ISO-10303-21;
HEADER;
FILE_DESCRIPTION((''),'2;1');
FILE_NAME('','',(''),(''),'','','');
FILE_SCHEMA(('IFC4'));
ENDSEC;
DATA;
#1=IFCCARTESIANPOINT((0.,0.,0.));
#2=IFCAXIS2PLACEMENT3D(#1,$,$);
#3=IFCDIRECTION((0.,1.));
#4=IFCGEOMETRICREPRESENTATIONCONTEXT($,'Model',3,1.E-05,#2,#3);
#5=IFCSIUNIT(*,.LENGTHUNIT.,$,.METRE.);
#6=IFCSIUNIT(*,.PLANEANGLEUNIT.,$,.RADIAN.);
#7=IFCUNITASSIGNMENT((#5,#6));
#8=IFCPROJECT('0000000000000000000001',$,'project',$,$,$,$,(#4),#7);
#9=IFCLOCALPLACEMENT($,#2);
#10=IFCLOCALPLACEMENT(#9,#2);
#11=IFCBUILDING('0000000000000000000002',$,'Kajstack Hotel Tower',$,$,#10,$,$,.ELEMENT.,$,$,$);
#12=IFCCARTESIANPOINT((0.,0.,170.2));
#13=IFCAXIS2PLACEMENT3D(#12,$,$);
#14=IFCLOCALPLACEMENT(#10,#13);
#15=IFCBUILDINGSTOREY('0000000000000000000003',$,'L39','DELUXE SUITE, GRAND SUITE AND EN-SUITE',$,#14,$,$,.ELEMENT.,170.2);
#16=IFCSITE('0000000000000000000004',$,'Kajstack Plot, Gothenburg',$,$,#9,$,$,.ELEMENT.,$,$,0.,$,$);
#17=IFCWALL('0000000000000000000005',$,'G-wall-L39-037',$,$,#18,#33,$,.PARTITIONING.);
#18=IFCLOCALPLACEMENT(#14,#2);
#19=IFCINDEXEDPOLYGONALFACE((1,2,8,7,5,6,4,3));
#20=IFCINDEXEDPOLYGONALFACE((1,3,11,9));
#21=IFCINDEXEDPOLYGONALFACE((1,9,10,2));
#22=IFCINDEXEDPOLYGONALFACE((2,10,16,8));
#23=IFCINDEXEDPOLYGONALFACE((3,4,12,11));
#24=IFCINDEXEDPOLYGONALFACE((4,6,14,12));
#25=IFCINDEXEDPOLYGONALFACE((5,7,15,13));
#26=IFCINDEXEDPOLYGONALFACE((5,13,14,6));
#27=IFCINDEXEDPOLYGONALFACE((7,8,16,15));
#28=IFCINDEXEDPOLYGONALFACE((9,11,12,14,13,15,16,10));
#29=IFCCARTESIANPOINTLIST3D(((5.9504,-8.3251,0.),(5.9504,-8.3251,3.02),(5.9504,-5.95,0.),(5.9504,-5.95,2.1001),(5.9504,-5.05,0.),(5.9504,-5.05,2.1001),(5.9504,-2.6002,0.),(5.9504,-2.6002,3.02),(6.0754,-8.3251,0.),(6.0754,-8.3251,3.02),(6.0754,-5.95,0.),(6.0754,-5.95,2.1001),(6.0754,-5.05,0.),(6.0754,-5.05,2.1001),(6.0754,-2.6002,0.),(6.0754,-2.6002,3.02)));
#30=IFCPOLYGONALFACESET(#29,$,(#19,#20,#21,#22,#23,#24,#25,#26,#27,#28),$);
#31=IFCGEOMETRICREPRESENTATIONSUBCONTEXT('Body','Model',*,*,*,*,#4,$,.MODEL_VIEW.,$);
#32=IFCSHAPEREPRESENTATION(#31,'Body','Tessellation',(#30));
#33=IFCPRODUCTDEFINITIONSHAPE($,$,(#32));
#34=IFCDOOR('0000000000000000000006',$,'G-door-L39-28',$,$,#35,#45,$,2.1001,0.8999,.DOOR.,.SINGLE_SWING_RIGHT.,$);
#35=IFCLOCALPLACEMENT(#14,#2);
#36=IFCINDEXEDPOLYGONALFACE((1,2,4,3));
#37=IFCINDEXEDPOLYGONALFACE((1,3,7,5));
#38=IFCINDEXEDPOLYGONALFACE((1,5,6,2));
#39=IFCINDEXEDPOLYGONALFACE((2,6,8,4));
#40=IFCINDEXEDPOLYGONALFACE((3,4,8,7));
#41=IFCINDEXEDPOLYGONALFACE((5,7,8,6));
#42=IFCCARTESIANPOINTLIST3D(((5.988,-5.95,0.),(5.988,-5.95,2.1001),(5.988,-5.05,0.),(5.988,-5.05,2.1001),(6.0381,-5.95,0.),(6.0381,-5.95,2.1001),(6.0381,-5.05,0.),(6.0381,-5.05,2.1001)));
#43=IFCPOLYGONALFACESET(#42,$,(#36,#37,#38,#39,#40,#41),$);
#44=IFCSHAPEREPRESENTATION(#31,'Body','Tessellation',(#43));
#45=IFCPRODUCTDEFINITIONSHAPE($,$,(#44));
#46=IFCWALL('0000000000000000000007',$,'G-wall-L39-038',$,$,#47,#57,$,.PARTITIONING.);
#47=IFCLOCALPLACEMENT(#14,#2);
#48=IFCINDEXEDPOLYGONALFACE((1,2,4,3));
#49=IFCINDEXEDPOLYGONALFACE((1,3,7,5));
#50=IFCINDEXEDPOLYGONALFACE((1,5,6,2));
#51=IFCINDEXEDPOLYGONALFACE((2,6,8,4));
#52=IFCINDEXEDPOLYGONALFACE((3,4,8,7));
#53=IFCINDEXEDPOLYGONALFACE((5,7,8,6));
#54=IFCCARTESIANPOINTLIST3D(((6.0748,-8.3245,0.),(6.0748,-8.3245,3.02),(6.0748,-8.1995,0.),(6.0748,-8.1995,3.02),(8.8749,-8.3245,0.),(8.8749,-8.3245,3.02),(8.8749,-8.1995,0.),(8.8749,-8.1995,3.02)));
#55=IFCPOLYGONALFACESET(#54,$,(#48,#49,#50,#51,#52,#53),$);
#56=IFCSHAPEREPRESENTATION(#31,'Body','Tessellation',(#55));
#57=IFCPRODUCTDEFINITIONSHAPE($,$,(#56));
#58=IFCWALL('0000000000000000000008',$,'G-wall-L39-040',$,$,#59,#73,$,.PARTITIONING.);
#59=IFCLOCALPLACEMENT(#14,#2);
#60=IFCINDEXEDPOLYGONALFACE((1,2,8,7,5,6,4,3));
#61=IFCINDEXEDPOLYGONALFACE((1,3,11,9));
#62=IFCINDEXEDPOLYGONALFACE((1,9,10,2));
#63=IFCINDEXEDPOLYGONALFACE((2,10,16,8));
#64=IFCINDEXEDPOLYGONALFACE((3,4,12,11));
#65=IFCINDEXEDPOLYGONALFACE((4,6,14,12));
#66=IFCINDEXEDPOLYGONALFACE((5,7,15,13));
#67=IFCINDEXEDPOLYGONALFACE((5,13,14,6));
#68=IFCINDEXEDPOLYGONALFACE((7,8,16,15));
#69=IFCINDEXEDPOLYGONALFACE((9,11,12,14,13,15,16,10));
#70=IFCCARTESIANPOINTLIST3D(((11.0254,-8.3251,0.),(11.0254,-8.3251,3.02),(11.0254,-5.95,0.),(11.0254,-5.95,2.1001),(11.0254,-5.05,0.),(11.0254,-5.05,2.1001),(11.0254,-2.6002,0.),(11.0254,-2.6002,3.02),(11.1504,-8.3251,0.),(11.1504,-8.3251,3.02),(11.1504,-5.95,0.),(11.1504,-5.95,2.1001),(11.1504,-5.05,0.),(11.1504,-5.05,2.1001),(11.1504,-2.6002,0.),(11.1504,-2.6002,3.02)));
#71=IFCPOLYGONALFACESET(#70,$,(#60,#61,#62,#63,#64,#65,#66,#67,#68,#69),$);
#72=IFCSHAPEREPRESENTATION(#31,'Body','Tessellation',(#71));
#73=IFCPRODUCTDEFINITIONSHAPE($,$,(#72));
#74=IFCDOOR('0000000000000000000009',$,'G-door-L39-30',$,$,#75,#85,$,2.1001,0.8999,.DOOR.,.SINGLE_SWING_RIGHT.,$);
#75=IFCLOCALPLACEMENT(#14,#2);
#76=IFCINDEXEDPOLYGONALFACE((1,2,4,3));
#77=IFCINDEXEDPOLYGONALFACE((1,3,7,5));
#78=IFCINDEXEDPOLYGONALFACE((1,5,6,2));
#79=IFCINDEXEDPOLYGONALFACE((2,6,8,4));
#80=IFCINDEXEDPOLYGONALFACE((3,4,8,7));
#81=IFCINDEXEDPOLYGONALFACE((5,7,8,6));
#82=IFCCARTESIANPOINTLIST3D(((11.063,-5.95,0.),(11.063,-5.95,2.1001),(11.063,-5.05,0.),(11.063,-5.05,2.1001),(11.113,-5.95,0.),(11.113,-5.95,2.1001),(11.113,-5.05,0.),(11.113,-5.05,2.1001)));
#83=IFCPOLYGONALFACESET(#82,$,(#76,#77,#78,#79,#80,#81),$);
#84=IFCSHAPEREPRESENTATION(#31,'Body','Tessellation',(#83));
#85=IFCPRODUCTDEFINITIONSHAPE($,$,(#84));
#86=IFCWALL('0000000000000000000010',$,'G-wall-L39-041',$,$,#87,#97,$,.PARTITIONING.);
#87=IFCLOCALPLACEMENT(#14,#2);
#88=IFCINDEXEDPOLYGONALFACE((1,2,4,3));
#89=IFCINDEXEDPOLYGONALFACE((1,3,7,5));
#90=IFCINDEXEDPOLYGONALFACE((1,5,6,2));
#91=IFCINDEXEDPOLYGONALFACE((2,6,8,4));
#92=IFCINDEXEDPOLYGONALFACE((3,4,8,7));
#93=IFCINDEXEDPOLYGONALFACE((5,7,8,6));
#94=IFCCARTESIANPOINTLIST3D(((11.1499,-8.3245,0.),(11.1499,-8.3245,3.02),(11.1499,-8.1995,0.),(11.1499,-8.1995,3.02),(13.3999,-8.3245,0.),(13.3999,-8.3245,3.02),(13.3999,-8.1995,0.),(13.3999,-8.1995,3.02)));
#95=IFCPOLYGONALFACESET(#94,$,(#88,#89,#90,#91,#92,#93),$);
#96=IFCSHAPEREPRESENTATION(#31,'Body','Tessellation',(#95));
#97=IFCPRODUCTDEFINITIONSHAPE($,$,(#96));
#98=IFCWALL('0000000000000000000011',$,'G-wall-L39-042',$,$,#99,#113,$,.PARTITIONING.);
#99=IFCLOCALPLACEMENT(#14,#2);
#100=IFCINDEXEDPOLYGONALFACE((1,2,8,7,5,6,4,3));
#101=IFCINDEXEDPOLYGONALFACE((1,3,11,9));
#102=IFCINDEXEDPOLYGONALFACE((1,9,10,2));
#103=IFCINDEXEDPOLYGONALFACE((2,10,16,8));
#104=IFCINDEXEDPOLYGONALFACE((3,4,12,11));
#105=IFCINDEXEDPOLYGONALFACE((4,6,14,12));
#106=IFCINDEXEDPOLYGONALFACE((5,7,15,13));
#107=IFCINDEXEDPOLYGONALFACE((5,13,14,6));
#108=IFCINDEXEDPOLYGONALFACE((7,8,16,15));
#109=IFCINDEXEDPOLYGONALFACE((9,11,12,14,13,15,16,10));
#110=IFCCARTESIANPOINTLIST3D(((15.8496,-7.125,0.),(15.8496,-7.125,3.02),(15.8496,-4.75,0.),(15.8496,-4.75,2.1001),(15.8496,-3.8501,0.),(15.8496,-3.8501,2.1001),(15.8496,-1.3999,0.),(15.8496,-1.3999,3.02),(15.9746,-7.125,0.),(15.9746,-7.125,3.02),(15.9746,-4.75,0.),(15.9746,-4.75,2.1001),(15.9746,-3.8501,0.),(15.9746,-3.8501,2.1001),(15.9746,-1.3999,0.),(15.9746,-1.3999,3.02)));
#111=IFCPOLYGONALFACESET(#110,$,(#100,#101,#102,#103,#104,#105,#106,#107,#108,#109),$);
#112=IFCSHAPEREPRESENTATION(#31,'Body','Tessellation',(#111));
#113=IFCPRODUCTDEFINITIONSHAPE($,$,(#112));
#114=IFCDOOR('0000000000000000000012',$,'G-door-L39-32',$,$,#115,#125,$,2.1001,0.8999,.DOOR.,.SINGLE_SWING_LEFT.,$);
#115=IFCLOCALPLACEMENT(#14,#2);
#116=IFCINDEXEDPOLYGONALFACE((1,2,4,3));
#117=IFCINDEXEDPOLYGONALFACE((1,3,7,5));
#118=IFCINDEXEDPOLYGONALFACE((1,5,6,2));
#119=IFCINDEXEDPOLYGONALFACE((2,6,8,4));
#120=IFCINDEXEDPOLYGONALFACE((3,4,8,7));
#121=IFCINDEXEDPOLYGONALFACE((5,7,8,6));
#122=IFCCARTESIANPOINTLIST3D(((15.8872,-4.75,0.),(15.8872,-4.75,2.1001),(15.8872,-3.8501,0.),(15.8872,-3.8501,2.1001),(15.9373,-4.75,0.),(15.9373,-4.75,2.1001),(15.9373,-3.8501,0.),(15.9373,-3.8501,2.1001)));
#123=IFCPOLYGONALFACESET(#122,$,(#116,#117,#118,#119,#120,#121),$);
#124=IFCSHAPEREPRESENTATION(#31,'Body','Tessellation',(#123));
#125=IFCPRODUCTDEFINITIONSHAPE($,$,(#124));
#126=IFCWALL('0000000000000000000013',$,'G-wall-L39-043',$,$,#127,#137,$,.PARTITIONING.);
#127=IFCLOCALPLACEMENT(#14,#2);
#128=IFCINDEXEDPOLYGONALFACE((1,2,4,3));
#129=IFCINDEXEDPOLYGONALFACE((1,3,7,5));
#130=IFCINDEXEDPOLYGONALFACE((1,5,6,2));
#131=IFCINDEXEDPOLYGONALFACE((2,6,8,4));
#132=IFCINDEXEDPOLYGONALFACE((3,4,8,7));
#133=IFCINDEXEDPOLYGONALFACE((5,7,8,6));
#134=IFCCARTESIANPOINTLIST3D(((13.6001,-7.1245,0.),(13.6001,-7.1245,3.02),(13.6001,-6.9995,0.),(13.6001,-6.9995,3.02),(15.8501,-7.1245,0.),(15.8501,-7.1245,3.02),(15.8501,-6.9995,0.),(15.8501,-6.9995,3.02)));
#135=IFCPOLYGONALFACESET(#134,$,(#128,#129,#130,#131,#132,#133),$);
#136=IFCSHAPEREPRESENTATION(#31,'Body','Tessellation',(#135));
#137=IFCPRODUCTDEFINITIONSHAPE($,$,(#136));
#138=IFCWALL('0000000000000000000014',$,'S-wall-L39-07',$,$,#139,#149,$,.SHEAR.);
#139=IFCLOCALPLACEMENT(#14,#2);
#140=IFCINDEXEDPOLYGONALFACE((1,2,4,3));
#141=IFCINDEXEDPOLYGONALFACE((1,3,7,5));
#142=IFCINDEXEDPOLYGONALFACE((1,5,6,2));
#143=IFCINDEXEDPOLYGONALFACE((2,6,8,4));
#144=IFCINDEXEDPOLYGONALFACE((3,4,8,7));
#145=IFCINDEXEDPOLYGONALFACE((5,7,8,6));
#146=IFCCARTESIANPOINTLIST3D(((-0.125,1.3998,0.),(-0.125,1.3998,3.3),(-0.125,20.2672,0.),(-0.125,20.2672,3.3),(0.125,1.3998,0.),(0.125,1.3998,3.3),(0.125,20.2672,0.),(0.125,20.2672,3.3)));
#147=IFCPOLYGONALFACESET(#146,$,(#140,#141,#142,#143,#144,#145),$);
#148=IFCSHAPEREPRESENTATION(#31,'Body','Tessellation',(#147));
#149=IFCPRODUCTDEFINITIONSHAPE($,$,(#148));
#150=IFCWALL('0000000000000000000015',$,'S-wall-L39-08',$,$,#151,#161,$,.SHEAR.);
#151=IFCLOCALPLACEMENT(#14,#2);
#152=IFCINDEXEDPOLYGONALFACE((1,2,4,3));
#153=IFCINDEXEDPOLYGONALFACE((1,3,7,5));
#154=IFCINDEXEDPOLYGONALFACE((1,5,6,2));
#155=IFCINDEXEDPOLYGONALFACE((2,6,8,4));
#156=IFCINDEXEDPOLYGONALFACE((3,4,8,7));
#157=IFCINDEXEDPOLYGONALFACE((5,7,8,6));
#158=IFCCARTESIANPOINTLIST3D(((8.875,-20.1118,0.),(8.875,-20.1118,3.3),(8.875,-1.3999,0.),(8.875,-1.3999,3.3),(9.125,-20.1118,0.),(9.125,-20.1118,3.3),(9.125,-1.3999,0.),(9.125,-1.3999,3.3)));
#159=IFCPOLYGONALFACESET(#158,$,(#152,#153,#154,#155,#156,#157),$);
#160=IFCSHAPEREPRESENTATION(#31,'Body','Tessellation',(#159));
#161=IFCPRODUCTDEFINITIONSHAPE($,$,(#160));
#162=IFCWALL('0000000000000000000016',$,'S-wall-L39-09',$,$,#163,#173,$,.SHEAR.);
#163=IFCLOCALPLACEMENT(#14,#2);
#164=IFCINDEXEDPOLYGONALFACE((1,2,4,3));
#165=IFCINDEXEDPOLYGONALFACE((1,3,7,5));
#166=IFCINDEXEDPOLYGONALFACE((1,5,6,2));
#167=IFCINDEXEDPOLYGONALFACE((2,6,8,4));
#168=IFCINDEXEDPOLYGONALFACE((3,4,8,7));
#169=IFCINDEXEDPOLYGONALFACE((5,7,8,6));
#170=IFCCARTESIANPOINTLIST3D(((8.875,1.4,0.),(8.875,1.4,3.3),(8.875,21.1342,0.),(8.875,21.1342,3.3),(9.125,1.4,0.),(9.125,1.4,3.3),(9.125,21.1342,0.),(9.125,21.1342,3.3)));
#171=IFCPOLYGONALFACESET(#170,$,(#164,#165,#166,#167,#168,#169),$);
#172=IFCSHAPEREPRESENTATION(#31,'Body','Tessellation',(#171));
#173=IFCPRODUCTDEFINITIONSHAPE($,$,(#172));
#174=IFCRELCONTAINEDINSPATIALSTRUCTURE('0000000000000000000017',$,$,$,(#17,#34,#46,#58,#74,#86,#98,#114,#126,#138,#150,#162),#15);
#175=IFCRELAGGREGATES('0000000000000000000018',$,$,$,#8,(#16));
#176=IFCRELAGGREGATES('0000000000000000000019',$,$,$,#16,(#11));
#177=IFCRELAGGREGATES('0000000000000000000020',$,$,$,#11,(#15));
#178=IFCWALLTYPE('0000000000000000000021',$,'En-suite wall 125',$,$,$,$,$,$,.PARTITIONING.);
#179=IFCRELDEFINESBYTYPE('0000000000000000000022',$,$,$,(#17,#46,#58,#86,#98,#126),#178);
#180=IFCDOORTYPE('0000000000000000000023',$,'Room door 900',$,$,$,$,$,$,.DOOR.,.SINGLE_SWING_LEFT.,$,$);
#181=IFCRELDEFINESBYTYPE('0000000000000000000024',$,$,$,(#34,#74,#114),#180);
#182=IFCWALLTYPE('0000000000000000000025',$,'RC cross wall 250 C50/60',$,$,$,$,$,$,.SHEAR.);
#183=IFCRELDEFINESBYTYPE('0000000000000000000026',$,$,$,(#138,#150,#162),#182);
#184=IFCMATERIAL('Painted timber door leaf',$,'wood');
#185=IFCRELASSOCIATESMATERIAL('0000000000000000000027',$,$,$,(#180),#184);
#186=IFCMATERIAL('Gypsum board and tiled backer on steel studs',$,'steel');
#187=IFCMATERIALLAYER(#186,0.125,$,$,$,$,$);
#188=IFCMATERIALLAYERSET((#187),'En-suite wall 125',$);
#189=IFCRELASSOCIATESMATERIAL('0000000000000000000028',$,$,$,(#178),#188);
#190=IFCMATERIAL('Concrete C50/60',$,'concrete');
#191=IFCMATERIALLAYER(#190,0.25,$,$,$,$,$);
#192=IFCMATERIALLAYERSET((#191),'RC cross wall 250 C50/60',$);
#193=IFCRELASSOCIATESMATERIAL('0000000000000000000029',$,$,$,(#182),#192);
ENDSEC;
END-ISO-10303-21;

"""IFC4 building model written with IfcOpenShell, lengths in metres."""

from ifc_helpers import new_model, si_unit, direction, frame, frame_2d, origin, place, context, subcontext, project, spatial, rectangle, extrude, material, layer, layer_set, type_object, element, fill, save


model = new_model("IFC4")

# Units and contexts
model_context = context("Model", 3, precision=1e-05, world=origin(), true_north=direction((0.0, 1.0)))
body_context = subcontext(model_context, "Body", "Model", "MODEL_VIEW")
ifc_project = project(units=[si_unit("LENGTHUNIT", "METRE"), si_unit("PLANEANGLEUNIT", "RADIAN")], contexts=[model_context])

# Site, building, storey
site_placement = place(None, origin())
site = spatial("IfcSite", under=ifc_project, at=site_placement, Name="Kajstack Plot, Gothenburg", CompositionType="ELEMENT", RefElevation=0.0)
building_placement = place(site_placement, origin())
building = spatial("IfcBuilding", under=site, at=building_placement, Name="Kajstack Hotel Tower", CompositionType="ELEMENT")
storey_placement = place(building_placement, frame((0.0, 0.0, 170.2)))
storey = spatial("IfcBuildingStorey", under=building, at=storey_placement, Name="L39", Description="DELUXE SUITE, GRAND SUITE AND EN-SUITE", CompositionType="ELEMENT", Elevation=170.2)

# Shared definitions
ifc_material_1 = material(Name="Painted timber door leaf", Category="wood")
door_type_1 = type_object("IfcDoorType", Name="Room door 900", OperationType="SINGLE_SWING_LEFT", PredefinedType="DOOR", material=ifc_material_1)

# Wall, opening, door
ifc_material_2 = material(Name="Gypsum board and tiled backer on steel studs", Category="steel")
ifc_layer_1 = layer(ifc_material_2, 0.125)
ifc_layer_set_1 = layer_set([ifc_layer_1], Name="En-suite wall 125")
wall_type_1 = type_object("IfcWallType", Name="En-suite wall 125", PredefinedType="PARTITIONING", material=ifc_layer_set_1)
wall_1_placement = place(storey_placement, frame((6.0129, -8.325, 0.0), z_axis=(0.0, 0.0, 1.0), x_axis=(0.0, 1.0, 0.0)))
wall_1 = element("IfcWall", 1, at=wall_1_placement, inside=storey, type_object=wall_type_1, Name="G-wall-L39-037", PredefinedType="PARTITIONING", context=body_context, shape_type="SweptSolid", body=[
    extrude(rectangle(XDim=5.7249, YDim=0.125, at=frame_2d((2.8623, 0.0))), origin(), (0.0, 0.0, 1.0), 3.02),
])
opening_1_placement = place(wall_1_placement, frame((2.375, 0.0, 0.0)))
opening_1 = element("IfcOpeningElement", 2, at=opening_1_placement, cuts=wall_1, PredefinedType="OPENING", context=body_context, shape_type="SweptSolid", body=[
    extrude(rectangle(XDim=0.8999, YDim=2.1001, at=frame_2d((0.45, 1.05))), frame((0.0, 0.0725, 0.0), z_axis=(0.0, -1.0, 0.0), x_axis=(1.0, 0.0, 0.0)), (0.0, 0.0, 1.0), 0.145),
])
door_1_placement = place(opening_1_placement, origin())
door_1 = element("IfcDoor", 3, at=door_1_placement, inside=storey, type_object=door_type_1, Name="G-door-L39-28", OperationType="SINGLE_SWING_RIGHT", OverallHeight=2.1001, OverallWidth=0.8999, PredefinedType="DOOR", context=body_context, shape_type="SweptSolid", body=[
    extrude(rectangle(XDim=0.8999, YDim=2.1001, at=frame_2d((0.45, 1.05))), frame((0.0, 0.0249, 0.0), z_axis=(0.0, -1.0, 0.0), x_axis=(1.0, 0.0, 0.0)), (0.0, 0.0, 1.0), 0.05),
])
fill(opening_1, door_1)

# Wall
wall_2_placement = place(storey_placement, frame((6.075, -8.262, 0.0), z_axis=(0.0, 0.0, 1.0), x_axis=(1.0, 0.0, 0.0)))
element("IfcWall", 4, at=wall_2_placement, inside=storey, type_object=wall_type_1, Name="G-wall-L39-038", PredefinedType="PARTITIONING", context=body_context, shape_type="SweptSolid", body=[
    extrude(rectangle(XDim=2.8, YDim=0.125, at=frame_2d((1.3999, 0.0))), origin(), (0.0, 0.0, 1.0), 3.02),
])

# Wall, opening, door
wall_3_placement = place(storey_placement, frame((11.0879, -8.325, 0.0), z_axis=(0.0, 0.0, 1.0), x_axis=(0.0, 1.0, 0.0)))
wall_3 = element("IfcWall", 5, at=wall_3_placement, inside=storey, type_object=wall_type_1, Name="G-wall-L39-040", PredefinedType="PARTITIONING", context=body_context, shape_type="SweptSolid", body=[
    extrude(rectangle(XDim=5.7249, YDim=0.125, at=frame_2d((2.8623, 0.0))), origin(), (0.0, 0.0, 1.0), 3.02),
])
opening_2_placement = place(wall_3_placement, frame((2.375, 0.0, 0.0)))
opening_2 = element("IfcOpeningElement", 6, at=opening_2_placement, cuts=wall_3, PredefinedType="OPENING", context=body_context, shape_type="SweptSolid", body=[
    extrude(rectangle(XDim=0.8999, YDim=2.1001, at=frame_2d((0.45, 1.05))), frame((0.0, 0.0725, 0.0), z_axis=(0.0, -1.0, 0.0), x_axis=(1.0, 0.0, 0.0)), (0.0, 0.0, 1.0), 0.145),
])
door_2_placement = place(opening_2_placement, origin())
door_2 = element("IfcDoor", 7, at=door_2_placement, inside=storey, type_object=door_type_1, Name="G-door-L39-30", OperationType="SINGLE_SWING_RIGHT", OverallHeight=2.1001, OverallWidth=0.8999, PredefinedType="DOOR", context=body_context, shape_type="SweptSolid", body=[
    extrude(rectangle(XDim=0.8999, YDim=2.1001, at=frame_2d((0.45, 1.05))), frame((0.0, 0.0249, 0.0), z_axis=(0.0, -1.0, 0.0), x_axis=(1.0, 0.0, 0.0)), (0.0, 0.0, 1.0), 0.05),
])
fill(opening_2, door_2)

# Wall
wall_4_placement = place(storey_placement, frame((11.1499, -8.262, 0.0), z_axis=(0.0, 0.0, 1.0), x_axis=(1.0, 0.0, 0.0)))
element("IfcWall", 8, at=wall_4_placement, inside=storey, type_object=wall_type_1, Name="G-wall-L39-041", PredefinedType="PARTITIONING", context=body_context, shape_type="SweptSolid", body=[
    extrude(rectangle(XDim=2.25, YDim=0.125, at=frame_2d((1.125, 0.0))), origin(), (0.0, 0.0, 1.0), 3.02),
])

# Wall, opening, door
wall_5_placement = place(storey_placement, frame((15.9121, -7.125, 0.0), z_axis=(0.0, 0.0, 1.0), x_axis=(0.0, 1.0, 0.0)))
wall_5 = element("IfcWall", 9, at=wall_5_placement, inside=storey, type_object=wall_type_1, Name="G-wall-L39-042", PredefinedType="PARTITIONING", context=body_context, shape_type="SweptSolid", body=[
    extrude(rectangle(XDim=5.7251, YDim=0.125, at=frame_2d((2.8625, 0.0))), origin(), (0.0, 0.0, 1.0), 3.02),
])
opening_3_placement = place(wall_5_placement, frame((2.375, 0.0, 0.0)))
opening_3 = element("IfcOpeningElement", 10, at=opening_3_placement, cuts=wall_5, PredefinedType="OPENING", context=body_context, shape_type="SweptSolid", body=[
    extrude(rectangle(XDim=0.8999, YDim=2.1001, at=frame_2d((0.45, 1.05))), frame((0.0, 0.0725, 0.0), z_axis=(0.0, -1.0, 0.0), x_axis=(1.0, 0.0, 0.0)), (0.0, 0.0, 1.0), 0.145),
])
door_3_placement = place(opening_3_placement, origin())
door_3 = element("IfcDoor", 11, at=door_3_placement, inside=storey, type_object=door_type_1, Name="G-door-L39-32", OperationType="SINGLE_SWING_LEFT", OverallHeight=2.1001, OverallWidth=0.8999, PredefinedType="DOOR", context=body_context, shape_type="SweptSolid", body=[
    extrude(rectangle(XDim=0.8999, YDim=2.1001, at=frame_2d((0.45, 1.05))), frame((0.0, 0.0249, 0.0), z_axis=(0.0, -1.0, 0.0), x_axis=(1.0, 0.0, 0.0)), (0.0, 0.0, 1.0), 0.05),
])
fill(opening_3, door_3)

# Walls
wall_6_placement = place(storey_placement, frame((13.6001, -7.062, 0.0), z_axis=(0.0, 0.0, 1.0), x_axis=(1.0, 0.0, 0.0)))
element("IfcWall", 12, at=wall_6_placement, inside=storey, type_object=wall_type_1, Name="G-wall-L39-043", PredefinedType="PARTITIONING", context=body_context, shape_type="SweptSolid", body=[
    extrude(rectangle(XDim=2.25, YDim=0.125, at=frame_2d((1.125, 0.0))), origin(), (0.0, 0.0, 1.0), 3.02),
])
ifc_material_3 = material(Name="Concrete C50/60", Category="concrete")
ifc_layer_2 = layer(ifc_material_3, 0.25)
ifc_layer_set_2 = layer_set([ifc_layer_2], Name="RC cross wall 250 C50/60")
wall_type_2 = type_object("IfcWallType", Name="RC cross wall 250 C50/60", PredefinedType="SHEAR", material=ifc_layer_set_2)
wall_7_placement = place(storey_placement, frame((0.0, 1.3999, 0.0), z_axis=(0.0, 0.0, 1.0), x_axis=(0.0, 1.0, 0.0)))
element("IfcWall", 13, at=wall_7_placement, inside=storey, type_object=wall_type_2, Name="S-wall-L39-07", PredefinedType="SHEAR", context=body_context, shape_type="SweptSolid", body=[
    extrude(rectangle(XDim=18.8674, YDim=0.25, at=frame_2d((9.4336, 0.0))), origin(), (0.0, 0.0, 1.0), 3.3),
])
wall_8_placement = place(storey_placement, frame((9.0, -20.1118, 0.0), z_axis=(0.0, 0.0, 1.0), x_axis=(0.0, 1.0, 0.0)))
element("IfcWall", 14, at=wall_8_placement, inside=storey, type_object=wall_type_2, Name="S-wall-L39-08", PredefinedType="SHEAR", context=body_context, shape_type="SweptSolid", body=[
    extrude(rectangle(XDim=18.7119, YDim=0.25, at=frame_2d((9.356, 0.0))), origin(), (0.0, 0.0, 1.0), 3.3),
])
wall_9_placement = place(storey_placement, frame((9.0, 1.3999, 0.0), z_axis=(0.0, 0.0, 1.0), x_axis=(0.0, 1.0, 0.0)))
element("IfcWall", 15, at=wall_9_placement, inside=storey, type_object=wall_type_2, Name="S-wall-L39-09", PredefinedType="SHEAR", context=body_context, shape_type="SweptSolid", body=[
    extrude(rectangle(XDim=19.7341, YDim=0.25, at=frame_2d((9.8672, 0.0))), origin(), (0.0, 0.0, 1.0), 3.3),
])

save(model, "model.ifc")
